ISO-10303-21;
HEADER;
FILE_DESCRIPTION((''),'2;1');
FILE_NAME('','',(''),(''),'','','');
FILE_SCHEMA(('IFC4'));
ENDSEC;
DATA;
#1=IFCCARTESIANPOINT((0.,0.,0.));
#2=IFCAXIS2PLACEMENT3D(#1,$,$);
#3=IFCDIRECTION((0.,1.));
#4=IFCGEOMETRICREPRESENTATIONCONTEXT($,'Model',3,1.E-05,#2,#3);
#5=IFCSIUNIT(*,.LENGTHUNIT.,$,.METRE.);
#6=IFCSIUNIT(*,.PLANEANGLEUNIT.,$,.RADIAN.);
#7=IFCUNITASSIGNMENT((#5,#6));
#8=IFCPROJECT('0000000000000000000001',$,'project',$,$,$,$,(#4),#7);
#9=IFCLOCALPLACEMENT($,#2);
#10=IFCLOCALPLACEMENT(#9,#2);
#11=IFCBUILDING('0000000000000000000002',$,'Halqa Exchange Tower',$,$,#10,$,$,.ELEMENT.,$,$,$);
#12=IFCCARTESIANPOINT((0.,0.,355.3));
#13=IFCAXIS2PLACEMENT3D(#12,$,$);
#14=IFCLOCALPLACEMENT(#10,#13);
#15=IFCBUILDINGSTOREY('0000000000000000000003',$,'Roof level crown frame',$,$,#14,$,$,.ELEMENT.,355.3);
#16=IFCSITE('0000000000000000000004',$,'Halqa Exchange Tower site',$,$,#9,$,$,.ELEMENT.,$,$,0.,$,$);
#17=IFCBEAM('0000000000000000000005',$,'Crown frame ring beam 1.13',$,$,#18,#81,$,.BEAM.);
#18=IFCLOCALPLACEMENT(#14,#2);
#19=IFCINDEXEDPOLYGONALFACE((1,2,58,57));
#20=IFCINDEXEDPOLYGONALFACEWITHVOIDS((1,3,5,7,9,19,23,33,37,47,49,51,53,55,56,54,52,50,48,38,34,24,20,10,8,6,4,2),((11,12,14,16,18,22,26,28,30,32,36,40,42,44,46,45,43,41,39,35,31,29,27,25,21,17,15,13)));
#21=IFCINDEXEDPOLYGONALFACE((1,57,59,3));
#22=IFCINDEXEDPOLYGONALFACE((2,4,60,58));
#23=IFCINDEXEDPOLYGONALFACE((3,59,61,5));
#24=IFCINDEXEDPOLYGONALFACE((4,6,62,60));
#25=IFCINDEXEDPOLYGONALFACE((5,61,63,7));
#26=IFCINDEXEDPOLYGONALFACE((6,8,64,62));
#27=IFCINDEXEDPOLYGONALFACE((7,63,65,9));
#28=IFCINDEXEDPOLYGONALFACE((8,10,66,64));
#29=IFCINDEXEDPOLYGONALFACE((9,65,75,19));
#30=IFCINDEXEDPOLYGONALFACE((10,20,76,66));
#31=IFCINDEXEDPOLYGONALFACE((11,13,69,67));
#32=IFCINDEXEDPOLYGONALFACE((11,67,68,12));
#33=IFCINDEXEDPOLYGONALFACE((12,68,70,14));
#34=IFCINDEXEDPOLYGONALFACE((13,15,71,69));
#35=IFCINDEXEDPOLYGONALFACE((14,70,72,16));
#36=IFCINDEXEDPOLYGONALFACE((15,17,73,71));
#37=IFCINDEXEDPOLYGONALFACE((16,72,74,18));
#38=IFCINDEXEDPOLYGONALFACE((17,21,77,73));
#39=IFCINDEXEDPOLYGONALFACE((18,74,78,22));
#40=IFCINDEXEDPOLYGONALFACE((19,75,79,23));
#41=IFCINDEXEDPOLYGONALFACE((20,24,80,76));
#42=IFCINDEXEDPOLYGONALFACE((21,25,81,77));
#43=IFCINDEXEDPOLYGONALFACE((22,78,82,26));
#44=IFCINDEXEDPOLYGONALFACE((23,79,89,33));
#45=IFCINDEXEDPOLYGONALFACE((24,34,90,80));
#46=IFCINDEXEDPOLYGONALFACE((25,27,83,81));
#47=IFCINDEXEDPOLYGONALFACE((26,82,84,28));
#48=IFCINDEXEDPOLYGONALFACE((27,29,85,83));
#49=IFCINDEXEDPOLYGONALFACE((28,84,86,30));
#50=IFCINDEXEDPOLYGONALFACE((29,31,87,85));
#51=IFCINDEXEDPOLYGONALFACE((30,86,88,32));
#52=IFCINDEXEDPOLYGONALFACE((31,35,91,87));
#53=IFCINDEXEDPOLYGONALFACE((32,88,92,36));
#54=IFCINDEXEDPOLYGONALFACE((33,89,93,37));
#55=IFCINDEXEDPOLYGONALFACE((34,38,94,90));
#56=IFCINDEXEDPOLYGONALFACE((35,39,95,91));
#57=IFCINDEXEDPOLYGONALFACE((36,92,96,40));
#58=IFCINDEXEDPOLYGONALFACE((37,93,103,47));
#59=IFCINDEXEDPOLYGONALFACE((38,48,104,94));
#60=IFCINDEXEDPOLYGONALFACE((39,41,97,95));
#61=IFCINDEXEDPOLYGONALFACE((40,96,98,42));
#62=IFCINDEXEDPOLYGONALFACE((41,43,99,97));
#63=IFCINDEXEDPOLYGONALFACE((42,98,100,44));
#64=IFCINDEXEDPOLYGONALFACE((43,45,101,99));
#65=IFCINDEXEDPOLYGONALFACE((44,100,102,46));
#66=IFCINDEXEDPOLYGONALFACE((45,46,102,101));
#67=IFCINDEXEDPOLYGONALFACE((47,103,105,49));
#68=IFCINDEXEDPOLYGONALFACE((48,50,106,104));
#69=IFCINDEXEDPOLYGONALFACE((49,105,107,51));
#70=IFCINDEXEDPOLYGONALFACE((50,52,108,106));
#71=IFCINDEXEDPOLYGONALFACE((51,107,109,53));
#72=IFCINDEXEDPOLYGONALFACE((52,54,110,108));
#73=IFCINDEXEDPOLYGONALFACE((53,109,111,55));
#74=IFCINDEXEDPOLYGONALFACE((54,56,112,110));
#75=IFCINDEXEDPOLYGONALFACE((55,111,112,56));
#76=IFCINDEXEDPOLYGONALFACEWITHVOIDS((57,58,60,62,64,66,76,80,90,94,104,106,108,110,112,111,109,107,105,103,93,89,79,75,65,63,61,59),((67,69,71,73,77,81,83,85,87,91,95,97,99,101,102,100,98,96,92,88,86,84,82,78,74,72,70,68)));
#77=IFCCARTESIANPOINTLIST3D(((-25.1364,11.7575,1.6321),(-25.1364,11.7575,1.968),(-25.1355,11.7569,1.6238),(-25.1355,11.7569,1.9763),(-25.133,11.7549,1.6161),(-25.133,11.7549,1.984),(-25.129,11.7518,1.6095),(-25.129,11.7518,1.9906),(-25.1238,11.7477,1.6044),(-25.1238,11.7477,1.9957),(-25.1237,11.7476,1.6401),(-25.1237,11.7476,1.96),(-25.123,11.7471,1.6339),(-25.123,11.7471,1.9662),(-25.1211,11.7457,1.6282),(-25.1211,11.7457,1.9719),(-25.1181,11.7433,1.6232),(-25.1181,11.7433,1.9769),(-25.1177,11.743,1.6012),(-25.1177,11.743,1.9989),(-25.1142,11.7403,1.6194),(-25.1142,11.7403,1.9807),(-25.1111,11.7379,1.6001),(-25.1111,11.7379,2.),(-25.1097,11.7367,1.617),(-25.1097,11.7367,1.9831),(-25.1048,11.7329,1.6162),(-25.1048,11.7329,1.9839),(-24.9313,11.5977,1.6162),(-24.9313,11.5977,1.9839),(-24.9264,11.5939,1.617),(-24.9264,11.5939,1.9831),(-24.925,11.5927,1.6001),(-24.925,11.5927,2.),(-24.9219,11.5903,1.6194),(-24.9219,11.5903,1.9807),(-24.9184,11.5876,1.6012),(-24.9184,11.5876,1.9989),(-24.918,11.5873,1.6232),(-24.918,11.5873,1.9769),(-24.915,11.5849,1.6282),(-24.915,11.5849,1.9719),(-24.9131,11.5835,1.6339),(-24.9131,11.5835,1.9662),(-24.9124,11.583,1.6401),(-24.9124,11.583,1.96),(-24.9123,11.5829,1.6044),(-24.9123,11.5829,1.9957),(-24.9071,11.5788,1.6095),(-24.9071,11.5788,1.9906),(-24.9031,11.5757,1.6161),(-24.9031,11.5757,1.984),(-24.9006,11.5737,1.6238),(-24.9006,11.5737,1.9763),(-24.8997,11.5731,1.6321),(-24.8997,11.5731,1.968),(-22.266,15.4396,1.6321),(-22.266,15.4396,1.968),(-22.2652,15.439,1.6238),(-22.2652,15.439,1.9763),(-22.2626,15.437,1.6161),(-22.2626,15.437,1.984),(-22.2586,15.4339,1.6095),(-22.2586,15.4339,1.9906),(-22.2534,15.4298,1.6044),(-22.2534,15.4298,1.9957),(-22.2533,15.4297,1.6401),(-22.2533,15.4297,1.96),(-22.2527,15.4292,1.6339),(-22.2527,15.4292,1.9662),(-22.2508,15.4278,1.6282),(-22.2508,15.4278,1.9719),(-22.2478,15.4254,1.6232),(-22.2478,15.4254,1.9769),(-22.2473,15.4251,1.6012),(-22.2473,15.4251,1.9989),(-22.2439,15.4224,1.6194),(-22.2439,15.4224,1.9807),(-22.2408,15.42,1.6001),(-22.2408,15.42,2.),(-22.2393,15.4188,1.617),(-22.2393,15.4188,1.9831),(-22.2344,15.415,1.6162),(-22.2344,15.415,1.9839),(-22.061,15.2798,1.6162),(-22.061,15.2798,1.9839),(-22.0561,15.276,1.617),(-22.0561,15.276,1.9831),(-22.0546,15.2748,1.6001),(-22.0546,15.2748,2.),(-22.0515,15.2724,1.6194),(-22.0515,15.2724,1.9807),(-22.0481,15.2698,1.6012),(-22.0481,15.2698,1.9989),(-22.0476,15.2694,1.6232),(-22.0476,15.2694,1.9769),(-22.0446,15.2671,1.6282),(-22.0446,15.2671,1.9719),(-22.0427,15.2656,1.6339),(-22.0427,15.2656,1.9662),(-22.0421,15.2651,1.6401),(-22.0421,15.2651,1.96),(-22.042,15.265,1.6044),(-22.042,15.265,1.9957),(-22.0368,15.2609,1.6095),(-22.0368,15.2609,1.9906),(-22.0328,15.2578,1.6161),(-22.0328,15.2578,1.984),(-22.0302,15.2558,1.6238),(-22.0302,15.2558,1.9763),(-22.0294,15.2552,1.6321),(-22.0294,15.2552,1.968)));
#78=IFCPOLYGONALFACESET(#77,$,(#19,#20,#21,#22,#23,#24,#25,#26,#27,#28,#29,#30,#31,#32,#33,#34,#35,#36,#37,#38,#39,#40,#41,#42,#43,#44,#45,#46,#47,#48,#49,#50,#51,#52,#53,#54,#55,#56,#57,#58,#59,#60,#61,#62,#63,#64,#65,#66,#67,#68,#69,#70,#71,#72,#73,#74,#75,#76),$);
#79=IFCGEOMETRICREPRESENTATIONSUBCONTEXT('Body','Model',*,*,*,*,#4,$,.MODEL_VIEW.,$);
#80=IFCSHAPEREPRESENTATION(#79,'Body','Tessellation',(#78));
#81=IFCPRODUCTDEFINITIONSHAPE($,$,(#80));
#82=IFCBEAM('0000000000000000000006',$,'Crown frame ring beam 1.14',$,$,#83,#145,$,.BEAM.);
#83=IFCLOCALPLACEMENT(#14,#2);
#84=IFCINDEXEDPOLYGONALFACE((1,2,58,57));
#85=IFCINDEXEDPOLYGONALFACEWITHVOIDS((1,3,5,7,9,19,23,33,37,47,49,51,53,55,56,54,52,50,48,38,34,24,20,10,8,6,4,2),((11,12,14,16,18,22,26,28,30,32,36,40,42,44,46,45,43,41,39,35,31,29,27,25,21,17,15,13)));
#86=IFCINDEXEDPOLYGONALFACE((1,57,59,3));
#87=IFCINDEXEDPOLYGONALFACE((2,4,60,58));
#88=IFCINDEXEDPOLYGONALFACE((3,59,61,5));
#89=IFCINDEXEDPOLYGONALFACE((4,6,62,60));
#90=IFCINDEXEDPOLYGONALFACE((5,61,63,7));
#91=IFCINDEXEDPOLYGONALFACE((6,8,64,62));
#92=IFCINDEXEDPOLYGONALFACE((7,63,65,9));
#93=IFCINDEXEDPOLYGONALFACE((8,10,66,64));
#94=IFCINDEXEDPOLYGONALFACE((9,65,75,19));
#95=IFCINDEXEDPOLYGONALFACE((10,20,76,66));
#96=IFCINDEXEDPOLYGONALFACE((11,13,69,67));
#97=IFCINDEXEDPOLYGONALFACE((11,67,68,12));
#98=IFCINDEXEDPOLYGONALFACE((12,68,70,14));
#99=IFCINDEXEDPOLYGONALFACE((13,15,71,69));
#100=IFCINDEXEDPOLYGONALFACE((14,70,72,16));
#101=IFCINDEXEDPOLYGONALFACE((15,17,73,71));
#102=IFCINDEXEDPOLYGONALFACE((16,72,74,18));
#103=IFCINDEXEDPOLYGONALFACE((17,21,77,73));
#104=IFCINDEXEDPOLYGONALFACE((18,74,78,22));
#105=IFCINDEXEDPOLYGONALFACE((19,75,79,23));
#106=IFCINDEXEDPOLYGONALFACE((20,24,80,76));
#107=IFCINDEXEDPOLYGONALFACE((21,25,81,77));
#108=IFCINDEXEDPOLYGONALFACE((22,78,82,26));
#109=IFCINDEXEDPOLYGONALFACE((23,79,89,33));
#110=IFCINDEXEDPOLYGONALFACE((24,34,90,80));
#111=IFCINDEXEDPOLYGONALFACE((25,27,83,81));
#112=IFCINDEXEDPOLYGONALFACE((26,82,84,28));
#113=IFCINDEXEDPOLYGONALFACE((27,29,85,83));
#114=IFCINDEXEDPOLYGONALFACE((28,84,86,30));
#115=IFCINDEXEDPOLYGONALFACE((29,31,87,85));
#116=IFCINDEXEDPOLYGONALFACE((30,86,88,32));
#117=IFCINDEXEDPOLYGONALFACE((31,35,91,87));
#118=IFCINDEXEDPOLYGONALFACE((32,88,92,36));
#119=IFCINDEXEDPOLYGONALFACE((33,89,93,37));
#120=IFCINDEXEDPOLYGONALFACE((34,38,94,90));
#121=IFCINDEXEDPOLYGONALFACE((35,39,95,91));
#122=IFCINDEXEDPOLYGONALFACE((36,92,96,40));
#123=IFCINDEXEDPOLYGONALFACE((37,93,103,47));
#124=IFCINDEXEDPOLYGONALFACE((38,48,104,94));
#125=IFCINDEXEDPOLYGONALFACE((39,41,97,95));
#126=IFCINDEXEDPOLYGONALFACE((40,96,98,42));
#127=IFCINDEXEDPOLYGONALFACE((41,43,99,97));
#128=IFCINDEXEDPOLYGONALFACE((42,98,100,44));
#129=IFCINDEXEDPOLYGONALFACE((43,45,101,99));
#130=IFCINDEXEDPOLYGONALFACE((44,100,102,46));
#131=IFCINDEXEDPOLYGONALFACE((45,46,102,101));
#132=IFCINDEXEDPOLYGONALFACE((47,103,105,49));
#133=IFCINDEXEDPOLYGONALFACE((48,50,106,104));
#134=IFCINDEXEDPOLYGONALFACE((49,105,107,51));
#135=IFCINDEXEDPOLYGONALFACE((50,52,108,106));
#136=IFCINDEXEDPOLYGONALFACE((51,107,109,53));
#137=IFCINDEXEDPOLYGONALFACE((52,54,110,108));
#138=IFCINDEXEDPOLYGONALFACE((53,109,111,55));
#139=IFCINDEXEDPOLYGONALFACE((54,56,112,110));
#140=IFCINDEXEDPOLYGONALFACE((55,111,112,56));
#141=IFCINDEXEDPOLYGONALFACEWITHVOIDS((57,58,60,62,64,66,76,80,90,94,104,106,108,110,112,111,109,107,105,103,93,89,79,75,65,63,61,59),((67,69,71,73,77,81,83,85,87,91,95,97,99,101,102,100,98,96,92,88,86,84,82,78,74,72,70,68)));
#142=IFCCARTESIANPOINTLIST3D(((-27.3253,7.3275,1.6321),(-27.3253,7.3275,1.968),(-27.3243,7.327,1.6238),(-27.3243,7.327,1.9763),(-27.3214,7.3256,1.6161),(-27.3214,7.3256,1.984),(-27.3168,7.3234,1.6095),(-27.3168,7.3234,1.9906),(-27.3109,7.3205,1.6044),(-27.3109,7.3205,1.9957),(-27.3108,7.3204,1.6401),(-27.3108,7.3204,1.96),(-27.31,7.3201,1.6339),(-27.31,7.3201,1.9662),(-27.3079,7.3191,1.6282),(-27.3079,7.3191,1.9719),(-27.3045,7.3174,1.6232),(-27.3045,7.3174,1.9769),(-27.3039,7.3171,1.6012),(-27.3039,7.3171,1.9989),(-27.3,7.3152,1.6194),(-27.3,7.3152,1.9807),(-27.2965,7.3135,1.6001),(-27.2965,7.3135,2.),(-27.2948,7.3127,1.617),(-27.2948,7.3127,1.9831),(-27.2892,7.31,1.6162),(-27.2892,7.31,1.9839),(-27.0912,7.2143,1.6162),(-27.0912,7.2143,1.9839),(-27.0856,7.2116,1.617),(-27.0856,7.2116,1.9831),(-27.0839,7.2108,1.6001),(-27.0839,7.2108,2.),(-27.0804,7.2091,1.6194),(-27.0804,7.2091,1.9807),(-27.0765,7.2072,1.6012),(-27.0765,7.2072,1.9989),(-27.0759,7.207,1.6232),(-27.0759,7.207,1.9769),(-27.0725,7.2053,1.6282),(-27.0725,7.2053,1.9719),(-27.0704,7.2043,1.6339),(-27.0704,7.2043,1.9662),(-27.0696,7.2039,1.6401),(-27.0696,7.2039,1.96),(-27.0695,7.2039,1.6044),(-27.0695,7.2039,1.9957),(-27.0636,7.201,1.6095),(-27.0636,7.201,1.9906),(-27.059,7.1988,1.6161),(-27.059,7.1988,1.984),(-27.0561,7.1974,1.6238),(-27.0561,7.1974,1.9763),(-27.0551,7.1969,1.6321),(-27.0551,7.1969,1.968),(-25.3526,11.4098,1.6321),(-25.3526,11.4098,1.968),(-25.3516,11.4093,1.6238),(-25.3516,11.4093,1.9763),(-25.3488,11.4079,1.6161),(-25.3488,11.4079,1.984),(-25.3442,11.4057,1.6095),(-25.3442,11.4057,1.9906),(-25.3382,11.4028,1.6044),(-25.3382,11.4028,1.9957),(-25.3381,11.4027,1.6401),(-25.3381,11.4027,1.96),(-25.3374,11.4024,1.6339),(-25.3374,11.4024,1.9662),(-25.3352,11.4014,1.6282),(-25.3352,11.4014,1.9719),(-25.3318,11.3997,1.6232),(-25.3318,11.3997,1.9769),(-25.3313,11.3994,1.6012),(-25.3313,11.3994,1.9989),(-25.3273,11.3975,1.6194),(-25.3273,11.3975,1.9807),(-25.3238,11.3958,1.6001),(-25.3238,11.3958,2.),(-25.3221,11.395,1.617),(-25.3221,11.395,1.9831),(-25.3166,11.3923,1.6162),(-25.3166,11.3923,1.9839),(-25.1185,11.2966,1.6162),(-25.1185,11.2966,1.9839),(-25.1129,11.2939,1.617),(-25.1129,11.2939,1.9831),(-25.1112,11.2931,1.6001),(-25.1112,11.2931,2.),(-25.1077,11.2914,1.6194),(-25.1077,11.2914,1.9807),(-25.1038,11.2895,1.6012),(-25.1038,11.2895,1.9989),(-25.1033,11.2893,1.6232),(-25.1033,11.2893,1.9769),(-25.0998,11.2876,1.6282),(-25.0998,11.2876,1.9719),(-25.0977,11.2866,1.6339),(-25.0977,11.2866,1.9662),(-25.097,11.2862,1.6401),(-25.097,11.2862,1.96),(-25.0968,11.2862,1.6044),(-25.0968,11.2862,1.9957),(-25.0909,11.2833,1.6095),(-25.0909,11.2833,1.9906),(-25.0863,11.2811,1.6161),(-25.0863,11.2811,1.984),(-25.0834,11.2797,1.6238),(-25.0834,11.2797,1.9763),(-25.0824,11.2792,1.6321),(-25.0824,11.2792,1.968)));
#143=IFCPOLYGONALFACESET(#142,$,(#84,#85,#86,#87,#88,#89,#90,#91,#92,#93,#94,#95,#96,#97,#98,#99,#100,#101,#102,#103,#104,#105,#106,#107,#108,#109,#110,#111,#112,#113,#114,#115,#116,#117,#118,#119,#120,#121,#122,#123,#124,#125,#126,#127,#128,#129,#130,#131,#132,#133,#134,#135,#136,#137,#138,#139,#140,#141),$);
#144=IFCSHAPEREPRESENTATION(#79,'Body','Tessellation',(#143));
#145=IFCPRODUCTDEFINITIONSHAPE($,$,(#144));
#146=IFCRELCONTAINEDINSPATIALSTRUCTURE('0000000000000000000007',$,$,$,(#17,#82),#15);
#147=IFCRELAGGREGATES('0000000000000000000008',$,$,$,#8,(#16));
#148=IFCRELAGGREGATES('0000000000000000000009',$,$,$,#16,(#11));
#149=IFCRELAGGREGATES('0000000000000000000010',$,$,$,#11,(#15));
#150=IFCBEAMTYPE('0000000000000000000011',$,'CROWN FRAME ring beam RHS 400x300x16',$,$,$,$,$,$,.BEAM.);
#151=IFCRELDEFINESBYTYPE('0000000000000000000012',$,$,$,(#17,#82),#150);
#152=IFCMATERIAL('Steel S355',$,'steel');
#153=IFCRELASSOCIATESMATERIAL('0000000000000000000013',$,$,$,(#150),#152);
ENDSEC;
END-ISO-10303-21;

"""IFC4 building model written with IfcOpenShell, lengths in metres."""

from ifc_helpers import new_model, si_unit, direction, frame, origin, origin_2d, place, context, subcontext, project, spatial, hollow_rectangle, extrude, material, material_profile, profile_set, type_object, element, save


model = new_model("IFC4")

# Units and contexts
model_context = context("Model", 3, precision=1e-05, world=origin(), true_north=direction((0.0, 1.0)))
body_context = subcontext(model_context, "Body", "Model", "MODEL_VIEW")
ifc_project = project(units=[si_unit("LENGTHUNIT", "METRE"), si_unit("PLANEANGLEUNIT", "RADIAN")], contexts=[model_context])

# Site, building, storey
site_placement = place(None, origin())
site = spatial("IfcSite", under=ifc_project, at=site_placement, Name="Halqa Exchange Tower site", CompositionType="ELEMENT", RefElevation=0.0)
building_placement = place(site_placement, origin())
building = spatial("IfcBuilding", under=site, at=building_placement, Name="Halqa Exchange Tower", CompositionType="ELEMENT")
storey_placement = place(building_placement, frame((0.0, 0.0, 355.3)))
storey = spatial("IfcBuildingStorey", under=building, at=storey_placement, Name="Roof level crown frame", CompositionType="ELEMENT", Elevation=355.3)

# Shared definitions
ifc_material_1 = material(Name="Steel S355", Category="steel")

# Beams
ifc_material_profile_1 = material_profile(ifc_material_1, hollow_rectangle(XDim=0.3, YDim=0.3999, WallThickness=0.0161, InnerFilletRadius=0.0239, OuterFilletRadius=0.032, at=origin_2d()), Name="RHS 400x300x16")
ifc_profile_set_1 = profile_set([ifc_material_profile_1], Name="Steel S355")
beam_type = type_object("IfcBeamType", Name="CROWN FRAME ring beam RHS 400x300x16", PredefinedType="BEAM", material=ifc_profile_set_1)
beam_1_placement = place(storey_placement, frame((-22.1477, 15.3474, 1.8), z_axis=(-0.614805, -0.788679, 0.0), x_axis=(0.788679, -0.614805, 0.0)))
element("IfcBeam", 1, at=beam_1_placement, inside=storey, type_object=beam_type, Name="Crown frame ring beam 1.13", PredefinedType="BEAM", context=body_context, shape_type="SweptSolid", body=[
    extrude(hollow_rectangle(XDim=0.3, YDim=0.3999, WallThickness=0.0161, InnerFilletRadius=0.0239, OuterFilletRadius=0.032, at=origin_2d()), origin(), (0.0, 0.0, 1.0), 4.6687),
])
beam_2_placement = place(storey_placement, frame((-25.2175, 11.3445, 1.8), z_axis=(-0.435089, -0.900387, 0.0), x_axis=(0.900387, -0.435089, 0.0)))
element("IfcBeam", 2, at=beam_2_placement, inside=storey, type_object=beam_type, Name="Crown frame ring beam 1.14", PredefinedType="BEAM", context=body_context, shape_type="SweptSolid", body=[
    extrude(hollow_rectangle(XDim=0.3, YDim=0.3999, WallThickness=0.0161, InnerFilletRadius=0.0239, OuterFilletRadius=0.032, at=origin_2d()), origin(), (0.0, 0.0, 1.0), 4.5339),
])

save(model, "model.ifc")
